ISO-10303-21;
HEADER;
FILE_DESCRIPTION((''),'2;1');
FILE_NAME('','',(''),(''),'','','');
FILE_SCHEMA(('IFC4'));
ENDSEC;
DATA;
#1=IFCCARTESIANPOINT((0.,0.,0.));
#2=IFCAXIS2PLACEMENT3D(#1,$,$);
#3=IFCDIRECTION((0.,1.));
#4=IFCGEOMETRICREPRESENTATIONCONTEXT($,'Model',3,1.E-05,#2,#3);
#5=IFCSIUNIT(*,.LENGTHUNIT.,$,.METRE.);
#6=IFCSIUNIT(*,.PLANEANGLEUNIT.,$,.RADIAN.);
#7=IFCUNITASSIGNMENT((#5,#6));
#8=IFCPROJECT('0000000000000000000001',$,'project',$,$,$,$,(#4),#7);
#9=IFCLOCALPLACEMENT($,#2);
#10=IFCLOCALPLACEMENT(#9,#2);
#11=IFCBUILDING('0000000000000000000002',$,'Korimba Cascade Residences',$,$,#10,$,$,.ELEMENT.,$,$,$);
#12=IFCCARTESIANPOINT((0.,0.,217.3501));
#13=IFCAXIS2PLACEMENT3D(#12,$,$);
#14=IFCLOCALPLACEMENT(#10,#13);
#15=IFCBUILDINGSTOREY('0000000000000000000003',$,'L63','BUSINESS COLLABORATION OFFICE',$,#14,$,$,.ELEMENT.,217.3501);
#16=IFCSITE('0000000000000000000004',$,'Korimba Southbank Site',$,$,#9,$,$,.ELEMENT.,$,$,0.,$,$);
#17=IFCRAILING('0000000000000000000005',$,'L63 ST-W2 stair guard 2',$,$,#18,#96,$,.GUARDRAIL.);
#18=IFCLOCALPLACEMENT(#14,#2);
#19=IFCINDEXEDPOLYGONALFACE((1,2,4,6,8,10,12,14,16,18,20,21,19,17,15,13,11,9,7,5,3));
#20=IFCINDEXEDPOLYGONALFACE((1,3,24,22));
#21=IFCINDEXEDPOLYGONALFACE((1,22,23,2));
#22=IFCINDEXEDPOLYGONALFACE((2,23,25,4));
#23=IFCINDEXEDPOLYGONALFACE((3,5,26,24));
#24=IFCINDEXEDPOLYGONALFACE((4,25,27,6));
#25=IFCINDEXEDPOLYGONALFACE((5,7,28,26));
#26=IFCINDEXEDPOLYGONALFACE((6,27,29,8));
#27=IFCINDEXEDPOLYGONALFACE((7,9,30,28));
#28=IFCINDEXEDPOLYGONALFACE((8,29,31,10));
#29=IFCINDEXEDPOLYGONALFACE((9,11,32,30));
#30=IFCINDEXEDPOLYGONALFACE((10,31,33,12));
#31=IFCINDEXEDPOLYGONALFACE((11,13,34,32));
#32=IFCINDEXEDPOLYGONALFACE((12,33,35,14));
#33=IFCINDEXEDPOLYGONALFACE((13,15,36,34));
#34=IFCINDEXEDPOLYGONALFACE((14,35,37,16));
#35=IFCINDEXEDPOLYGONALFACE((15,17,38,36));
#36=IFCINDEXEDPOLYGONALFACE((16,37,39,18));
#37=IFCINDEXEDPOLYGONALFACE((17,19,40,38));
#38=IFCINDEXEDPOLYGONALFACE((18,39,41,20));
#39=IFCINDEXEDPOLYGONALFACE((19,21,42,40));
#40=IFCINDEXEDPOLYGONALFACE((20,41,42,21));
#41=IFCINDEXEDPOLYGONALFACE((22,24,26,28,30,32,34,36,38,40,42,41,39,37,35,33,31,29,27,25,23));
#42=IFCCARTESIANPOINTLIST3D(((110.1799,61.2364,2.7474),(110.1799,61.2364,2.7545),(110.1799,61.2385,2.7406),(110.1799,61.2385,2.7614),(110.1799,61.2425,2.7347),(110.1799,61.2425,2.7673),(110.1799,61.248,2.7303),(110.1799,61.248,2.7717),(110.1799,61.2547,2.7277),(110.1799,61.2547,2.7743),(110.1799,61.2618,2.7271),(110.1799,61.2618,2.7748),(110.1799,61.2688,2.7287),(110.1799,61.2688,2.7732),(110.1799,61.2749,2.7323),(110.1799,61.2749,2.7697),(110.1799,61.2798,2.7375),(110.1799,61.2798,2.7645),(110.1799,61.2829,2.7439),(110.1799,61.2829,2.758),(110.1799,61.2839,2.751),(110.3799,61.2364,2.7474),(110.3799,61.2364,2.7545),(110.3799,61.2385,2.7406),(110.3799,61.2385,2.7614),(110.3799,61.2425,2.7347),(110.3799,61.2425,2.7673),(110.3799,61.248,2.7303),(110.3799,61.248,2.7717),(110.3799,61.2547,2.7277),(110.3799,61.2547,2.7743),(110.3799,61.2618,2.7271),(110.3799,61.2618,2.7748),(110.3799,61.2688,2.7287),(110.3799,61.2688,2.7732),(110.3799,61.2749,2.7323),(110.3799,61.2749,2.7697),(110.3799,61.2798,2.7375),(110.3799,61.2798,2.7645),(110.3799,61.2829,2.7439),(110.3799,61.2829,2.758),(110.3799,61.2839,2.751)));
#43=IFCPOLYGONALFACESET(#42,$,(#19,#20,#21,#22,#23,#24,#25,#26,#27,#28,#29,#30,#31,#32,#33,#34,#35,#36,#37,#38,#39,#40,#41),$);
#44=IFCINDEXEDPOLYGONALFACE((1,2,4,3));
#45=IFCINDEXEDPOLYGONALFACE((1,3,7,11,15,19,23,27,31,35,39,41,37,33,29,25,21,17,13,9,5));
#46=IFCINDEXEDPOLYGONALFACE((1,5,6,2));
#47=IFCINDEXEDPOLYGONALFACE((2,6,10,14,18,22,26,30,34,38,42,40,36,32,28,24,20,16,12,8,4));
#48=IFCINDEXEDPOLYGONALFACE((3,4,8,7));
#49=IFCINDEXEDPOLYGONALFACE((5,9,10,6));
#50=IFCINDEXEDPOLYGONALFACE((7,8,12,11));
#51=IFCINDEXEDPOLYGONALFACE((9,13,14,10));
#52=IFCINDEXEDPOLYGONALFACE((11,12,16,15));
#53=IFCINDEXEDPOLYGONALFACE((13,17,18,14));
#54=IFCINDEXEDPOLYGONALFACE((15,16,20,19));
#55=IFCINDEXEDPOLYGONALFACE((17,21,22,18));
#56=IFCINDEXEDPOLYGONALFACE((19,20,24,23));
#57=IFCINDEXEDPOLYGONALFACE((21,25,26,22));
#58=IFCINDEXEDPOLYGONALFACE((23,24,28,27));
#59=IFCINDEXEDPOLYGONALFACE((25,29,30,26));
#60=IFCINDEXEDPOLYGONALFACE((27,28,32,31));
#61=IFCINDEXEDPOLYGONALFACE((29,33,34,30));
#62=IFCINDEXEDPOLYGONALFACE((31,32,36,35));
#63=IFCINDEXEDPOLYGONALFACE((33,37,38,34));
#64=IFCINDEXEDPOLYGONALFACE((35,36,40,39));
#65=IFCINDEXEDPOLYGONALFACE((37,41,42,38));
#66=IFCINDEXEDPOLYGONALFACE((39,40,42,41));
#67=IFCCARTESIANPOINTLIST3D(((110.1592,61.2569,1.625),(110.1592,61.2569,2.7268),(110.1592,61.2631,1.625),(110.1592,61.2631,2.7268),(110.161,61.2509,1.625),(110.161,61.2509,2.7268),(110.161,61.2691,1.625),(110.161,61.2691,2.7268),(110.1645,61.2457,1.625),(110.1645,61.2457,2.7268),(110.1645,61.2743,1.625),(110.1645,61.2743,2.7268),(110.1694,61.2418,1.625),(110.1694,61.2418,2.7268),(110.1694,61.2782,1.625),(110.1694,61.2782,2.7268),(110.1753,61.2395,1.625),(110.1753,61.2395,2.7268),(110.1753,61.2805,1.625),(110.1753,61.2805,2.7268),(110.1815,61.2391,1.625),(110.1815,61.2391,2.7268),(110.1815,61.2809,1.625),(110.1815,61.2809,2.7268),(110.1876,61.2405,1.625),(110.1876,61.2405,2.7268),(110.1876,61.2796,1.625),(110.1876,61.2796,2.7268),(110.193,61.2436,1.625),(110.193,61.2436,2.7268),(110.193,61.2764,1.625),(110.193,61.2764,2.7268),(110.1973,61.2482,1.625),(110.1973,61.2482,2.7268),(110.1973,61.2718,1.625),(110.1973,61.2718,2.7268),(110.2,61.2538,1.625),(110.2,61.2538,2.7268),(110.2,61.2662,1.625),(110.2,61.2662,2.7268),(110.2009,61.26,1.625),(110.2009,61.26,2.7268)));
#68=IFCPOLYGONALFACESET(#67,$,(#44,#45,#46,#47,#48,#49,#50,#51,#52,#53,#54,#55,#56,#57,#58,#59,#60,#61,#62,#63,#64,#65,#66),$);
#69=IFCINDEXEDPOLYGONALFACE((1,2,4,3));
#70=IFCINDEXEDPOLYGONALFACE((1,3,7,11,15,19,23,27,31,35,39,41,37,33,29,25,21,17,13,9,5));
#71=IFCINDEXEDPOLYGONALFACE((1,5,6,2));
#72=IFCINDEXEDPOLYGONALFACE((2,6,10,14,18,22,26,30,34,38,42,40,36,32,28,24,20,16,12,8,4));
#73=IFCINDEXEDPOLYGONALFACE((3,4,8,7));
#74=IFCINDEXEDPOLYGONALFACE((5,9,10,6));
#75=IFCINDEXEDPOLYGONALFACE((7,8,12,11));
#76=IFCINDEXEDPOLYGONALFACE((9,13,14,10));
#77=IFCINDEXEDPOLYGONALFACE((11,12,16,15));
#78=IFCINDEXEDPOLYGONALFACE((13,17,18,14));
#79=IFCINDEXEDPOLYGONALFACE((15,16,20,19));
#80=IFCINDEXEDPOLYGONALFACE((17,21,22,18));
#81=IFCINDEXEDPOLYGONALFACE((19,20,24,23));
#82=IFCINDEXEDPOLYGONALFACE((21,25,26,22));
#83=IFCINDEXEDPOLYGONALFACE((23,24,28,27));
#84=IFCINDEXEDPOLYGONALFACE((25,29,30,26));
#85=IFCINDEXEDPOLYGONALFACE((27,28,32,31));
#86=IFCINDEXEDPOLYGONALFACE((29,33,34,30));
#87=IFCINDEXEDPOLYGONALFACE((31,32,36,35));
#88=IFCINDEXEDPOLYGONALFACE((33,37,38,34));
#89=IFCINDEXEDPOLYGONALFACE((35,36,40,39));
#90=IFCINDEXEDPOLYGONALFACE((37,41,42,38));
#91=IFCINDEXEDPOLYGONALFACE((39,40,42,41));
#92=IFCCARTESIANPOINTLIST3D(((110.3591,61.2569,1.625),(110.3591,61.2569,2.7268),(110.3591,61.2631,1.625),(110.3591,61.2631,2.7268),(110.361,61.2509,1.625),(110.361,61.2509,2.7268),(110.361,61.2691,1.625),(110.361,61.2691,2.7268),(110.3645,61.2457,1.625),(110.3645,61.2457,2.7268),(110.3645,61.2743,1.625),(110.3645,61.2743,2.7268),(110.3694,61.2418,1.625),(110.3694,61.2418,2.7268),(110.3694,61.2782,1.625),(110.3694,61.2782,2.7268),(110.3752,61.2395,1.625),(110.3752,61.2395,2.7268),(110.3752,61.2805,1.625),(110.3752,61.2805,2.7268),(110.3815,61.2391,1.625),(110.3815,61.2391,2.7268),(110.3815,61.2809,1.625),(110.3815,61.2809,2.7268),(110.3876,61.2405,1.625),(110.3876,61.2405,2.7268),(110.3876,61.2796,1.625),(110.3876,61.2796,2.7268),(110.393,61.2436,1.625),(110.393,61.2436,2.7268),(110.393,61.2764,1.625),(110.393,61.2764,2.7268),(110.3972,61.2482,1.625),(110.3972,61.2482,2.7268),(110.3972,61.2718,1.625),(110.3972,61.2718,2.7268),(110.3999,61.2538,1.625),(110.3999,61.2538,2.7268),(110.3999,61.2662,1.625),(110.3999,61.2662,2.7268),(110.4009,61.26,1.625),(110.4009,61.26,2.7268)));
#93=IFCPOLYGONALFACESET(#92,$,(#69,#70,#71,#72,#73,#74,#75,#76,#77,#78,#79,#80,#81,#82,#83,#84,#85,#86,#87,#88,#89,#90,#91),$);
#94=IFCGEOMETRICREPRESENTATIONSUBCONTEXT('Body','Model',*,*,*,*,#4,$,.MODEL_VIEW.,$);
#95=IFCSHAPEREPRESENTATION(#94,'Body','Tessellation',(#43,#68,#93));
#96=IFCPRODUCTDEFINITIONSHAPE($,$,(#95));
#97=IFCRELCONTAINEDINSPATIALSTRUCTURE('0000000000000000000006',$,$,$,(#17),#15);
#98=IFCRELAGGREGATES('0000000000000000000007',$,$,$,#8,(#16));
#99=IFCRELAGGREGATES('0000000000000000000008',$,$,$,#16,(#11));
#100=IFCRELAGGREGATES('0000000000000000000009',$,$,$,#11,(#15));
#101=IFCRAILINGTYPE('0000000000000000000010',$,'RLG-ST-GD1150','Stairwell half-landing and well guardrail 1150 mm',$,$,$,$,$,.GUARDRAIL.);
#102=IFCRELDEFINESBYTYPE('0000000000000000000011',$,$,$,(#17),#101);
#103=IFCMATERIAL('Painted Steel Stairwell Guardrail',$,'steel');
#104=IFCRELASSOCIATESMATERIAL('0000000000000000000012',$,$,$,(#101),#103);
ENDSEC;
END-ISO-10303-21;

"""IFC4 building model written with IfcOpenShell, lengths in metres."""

from ifc_helpers import new_model, si_unit, direction, frame, origin, origin_2d, place, context, subcontext, project, spatial, circle, extrude, material, type_object, element, save


model = new_model("IFC4")

# Units and contexts
model_context = context("Model", 3, precision=1e-05, world=origin(), true_north=direction((0.0, 1.0)))
body_context = subcontext(model_context, "Body", "Model", "MODEL_VIEW")
ifc_project = project(units=[si_unit("LENGTHUNIT", "METRE"), si_unit("PLANEANGLEUNIT", "RADIAN")], contexts=[model_context])

# Site, building, storey
site_placement = place(None, origin())
site = spatial("IfcSite", under=ifc_project, at=site_placement, Name="Korimba Southbank Site", CompositionType="ELEMENT", RefElevation=0.0)
building_placement = place(site_placement, origin())
building = spatial("IfcBuilding", under=site, at=building_placement, Name="Korimba Cascade Residences", CompositionType="ELEMENT")
storey_placement = place(building_placement, frame((0.0, 0.0, 217.3501)))
storey = spatial("IfcBuildingStorey", under=building, at=storey_placement, Name="L63", Description="BUSINESS COLLABORATION OFFICE", CompositionType="ELEMENT", Elevation=217.3501)

# Railing
ifc_material_1 = material(Name="Painted Steel Stairwell Guardrail", Category="steel")
railing_type_1 = type_object("IfcRailingType", Name="RLG-ST-GD1150", Description="Stairwell half-landing and well guardrail 1150 mm", PredefinedType="GUARDRAIL", material=ifc_material_1)
railing_1_placement = place(storey_placement, frame((110.1799, 61.26, 1.625)))
element("IfcRailing", 1, at=railing_1_placement, inside=storey, type_object=railing_type_1, Name="L63 ST-W2 stair guard 2", PredefinedType="GUARDRAIL", context=body_context, shape_type="SweptSolid", body=[
    extrude(circle(Radius=0.0239, at=origin_2d()), frame((0.0, 0.0, 1.126), z_axis=(1.0, 0.0, 0.0), x_axis=(0.0, 1.0, 0.0)), (0.0, 0.0, 1.0), 0.2),
    extrude(circle(Radius=0.021, at=origin_2d()), origin(), (0.0, 0.0, 1.0), 1.1018),
    extrude(circle(Radius=0.021, at=origin_2d()), frame((0.2, 0.0, 0.0)), (0.0, 0.0, 1.0), 1.1018),
])

save(model, "model.ifc")
